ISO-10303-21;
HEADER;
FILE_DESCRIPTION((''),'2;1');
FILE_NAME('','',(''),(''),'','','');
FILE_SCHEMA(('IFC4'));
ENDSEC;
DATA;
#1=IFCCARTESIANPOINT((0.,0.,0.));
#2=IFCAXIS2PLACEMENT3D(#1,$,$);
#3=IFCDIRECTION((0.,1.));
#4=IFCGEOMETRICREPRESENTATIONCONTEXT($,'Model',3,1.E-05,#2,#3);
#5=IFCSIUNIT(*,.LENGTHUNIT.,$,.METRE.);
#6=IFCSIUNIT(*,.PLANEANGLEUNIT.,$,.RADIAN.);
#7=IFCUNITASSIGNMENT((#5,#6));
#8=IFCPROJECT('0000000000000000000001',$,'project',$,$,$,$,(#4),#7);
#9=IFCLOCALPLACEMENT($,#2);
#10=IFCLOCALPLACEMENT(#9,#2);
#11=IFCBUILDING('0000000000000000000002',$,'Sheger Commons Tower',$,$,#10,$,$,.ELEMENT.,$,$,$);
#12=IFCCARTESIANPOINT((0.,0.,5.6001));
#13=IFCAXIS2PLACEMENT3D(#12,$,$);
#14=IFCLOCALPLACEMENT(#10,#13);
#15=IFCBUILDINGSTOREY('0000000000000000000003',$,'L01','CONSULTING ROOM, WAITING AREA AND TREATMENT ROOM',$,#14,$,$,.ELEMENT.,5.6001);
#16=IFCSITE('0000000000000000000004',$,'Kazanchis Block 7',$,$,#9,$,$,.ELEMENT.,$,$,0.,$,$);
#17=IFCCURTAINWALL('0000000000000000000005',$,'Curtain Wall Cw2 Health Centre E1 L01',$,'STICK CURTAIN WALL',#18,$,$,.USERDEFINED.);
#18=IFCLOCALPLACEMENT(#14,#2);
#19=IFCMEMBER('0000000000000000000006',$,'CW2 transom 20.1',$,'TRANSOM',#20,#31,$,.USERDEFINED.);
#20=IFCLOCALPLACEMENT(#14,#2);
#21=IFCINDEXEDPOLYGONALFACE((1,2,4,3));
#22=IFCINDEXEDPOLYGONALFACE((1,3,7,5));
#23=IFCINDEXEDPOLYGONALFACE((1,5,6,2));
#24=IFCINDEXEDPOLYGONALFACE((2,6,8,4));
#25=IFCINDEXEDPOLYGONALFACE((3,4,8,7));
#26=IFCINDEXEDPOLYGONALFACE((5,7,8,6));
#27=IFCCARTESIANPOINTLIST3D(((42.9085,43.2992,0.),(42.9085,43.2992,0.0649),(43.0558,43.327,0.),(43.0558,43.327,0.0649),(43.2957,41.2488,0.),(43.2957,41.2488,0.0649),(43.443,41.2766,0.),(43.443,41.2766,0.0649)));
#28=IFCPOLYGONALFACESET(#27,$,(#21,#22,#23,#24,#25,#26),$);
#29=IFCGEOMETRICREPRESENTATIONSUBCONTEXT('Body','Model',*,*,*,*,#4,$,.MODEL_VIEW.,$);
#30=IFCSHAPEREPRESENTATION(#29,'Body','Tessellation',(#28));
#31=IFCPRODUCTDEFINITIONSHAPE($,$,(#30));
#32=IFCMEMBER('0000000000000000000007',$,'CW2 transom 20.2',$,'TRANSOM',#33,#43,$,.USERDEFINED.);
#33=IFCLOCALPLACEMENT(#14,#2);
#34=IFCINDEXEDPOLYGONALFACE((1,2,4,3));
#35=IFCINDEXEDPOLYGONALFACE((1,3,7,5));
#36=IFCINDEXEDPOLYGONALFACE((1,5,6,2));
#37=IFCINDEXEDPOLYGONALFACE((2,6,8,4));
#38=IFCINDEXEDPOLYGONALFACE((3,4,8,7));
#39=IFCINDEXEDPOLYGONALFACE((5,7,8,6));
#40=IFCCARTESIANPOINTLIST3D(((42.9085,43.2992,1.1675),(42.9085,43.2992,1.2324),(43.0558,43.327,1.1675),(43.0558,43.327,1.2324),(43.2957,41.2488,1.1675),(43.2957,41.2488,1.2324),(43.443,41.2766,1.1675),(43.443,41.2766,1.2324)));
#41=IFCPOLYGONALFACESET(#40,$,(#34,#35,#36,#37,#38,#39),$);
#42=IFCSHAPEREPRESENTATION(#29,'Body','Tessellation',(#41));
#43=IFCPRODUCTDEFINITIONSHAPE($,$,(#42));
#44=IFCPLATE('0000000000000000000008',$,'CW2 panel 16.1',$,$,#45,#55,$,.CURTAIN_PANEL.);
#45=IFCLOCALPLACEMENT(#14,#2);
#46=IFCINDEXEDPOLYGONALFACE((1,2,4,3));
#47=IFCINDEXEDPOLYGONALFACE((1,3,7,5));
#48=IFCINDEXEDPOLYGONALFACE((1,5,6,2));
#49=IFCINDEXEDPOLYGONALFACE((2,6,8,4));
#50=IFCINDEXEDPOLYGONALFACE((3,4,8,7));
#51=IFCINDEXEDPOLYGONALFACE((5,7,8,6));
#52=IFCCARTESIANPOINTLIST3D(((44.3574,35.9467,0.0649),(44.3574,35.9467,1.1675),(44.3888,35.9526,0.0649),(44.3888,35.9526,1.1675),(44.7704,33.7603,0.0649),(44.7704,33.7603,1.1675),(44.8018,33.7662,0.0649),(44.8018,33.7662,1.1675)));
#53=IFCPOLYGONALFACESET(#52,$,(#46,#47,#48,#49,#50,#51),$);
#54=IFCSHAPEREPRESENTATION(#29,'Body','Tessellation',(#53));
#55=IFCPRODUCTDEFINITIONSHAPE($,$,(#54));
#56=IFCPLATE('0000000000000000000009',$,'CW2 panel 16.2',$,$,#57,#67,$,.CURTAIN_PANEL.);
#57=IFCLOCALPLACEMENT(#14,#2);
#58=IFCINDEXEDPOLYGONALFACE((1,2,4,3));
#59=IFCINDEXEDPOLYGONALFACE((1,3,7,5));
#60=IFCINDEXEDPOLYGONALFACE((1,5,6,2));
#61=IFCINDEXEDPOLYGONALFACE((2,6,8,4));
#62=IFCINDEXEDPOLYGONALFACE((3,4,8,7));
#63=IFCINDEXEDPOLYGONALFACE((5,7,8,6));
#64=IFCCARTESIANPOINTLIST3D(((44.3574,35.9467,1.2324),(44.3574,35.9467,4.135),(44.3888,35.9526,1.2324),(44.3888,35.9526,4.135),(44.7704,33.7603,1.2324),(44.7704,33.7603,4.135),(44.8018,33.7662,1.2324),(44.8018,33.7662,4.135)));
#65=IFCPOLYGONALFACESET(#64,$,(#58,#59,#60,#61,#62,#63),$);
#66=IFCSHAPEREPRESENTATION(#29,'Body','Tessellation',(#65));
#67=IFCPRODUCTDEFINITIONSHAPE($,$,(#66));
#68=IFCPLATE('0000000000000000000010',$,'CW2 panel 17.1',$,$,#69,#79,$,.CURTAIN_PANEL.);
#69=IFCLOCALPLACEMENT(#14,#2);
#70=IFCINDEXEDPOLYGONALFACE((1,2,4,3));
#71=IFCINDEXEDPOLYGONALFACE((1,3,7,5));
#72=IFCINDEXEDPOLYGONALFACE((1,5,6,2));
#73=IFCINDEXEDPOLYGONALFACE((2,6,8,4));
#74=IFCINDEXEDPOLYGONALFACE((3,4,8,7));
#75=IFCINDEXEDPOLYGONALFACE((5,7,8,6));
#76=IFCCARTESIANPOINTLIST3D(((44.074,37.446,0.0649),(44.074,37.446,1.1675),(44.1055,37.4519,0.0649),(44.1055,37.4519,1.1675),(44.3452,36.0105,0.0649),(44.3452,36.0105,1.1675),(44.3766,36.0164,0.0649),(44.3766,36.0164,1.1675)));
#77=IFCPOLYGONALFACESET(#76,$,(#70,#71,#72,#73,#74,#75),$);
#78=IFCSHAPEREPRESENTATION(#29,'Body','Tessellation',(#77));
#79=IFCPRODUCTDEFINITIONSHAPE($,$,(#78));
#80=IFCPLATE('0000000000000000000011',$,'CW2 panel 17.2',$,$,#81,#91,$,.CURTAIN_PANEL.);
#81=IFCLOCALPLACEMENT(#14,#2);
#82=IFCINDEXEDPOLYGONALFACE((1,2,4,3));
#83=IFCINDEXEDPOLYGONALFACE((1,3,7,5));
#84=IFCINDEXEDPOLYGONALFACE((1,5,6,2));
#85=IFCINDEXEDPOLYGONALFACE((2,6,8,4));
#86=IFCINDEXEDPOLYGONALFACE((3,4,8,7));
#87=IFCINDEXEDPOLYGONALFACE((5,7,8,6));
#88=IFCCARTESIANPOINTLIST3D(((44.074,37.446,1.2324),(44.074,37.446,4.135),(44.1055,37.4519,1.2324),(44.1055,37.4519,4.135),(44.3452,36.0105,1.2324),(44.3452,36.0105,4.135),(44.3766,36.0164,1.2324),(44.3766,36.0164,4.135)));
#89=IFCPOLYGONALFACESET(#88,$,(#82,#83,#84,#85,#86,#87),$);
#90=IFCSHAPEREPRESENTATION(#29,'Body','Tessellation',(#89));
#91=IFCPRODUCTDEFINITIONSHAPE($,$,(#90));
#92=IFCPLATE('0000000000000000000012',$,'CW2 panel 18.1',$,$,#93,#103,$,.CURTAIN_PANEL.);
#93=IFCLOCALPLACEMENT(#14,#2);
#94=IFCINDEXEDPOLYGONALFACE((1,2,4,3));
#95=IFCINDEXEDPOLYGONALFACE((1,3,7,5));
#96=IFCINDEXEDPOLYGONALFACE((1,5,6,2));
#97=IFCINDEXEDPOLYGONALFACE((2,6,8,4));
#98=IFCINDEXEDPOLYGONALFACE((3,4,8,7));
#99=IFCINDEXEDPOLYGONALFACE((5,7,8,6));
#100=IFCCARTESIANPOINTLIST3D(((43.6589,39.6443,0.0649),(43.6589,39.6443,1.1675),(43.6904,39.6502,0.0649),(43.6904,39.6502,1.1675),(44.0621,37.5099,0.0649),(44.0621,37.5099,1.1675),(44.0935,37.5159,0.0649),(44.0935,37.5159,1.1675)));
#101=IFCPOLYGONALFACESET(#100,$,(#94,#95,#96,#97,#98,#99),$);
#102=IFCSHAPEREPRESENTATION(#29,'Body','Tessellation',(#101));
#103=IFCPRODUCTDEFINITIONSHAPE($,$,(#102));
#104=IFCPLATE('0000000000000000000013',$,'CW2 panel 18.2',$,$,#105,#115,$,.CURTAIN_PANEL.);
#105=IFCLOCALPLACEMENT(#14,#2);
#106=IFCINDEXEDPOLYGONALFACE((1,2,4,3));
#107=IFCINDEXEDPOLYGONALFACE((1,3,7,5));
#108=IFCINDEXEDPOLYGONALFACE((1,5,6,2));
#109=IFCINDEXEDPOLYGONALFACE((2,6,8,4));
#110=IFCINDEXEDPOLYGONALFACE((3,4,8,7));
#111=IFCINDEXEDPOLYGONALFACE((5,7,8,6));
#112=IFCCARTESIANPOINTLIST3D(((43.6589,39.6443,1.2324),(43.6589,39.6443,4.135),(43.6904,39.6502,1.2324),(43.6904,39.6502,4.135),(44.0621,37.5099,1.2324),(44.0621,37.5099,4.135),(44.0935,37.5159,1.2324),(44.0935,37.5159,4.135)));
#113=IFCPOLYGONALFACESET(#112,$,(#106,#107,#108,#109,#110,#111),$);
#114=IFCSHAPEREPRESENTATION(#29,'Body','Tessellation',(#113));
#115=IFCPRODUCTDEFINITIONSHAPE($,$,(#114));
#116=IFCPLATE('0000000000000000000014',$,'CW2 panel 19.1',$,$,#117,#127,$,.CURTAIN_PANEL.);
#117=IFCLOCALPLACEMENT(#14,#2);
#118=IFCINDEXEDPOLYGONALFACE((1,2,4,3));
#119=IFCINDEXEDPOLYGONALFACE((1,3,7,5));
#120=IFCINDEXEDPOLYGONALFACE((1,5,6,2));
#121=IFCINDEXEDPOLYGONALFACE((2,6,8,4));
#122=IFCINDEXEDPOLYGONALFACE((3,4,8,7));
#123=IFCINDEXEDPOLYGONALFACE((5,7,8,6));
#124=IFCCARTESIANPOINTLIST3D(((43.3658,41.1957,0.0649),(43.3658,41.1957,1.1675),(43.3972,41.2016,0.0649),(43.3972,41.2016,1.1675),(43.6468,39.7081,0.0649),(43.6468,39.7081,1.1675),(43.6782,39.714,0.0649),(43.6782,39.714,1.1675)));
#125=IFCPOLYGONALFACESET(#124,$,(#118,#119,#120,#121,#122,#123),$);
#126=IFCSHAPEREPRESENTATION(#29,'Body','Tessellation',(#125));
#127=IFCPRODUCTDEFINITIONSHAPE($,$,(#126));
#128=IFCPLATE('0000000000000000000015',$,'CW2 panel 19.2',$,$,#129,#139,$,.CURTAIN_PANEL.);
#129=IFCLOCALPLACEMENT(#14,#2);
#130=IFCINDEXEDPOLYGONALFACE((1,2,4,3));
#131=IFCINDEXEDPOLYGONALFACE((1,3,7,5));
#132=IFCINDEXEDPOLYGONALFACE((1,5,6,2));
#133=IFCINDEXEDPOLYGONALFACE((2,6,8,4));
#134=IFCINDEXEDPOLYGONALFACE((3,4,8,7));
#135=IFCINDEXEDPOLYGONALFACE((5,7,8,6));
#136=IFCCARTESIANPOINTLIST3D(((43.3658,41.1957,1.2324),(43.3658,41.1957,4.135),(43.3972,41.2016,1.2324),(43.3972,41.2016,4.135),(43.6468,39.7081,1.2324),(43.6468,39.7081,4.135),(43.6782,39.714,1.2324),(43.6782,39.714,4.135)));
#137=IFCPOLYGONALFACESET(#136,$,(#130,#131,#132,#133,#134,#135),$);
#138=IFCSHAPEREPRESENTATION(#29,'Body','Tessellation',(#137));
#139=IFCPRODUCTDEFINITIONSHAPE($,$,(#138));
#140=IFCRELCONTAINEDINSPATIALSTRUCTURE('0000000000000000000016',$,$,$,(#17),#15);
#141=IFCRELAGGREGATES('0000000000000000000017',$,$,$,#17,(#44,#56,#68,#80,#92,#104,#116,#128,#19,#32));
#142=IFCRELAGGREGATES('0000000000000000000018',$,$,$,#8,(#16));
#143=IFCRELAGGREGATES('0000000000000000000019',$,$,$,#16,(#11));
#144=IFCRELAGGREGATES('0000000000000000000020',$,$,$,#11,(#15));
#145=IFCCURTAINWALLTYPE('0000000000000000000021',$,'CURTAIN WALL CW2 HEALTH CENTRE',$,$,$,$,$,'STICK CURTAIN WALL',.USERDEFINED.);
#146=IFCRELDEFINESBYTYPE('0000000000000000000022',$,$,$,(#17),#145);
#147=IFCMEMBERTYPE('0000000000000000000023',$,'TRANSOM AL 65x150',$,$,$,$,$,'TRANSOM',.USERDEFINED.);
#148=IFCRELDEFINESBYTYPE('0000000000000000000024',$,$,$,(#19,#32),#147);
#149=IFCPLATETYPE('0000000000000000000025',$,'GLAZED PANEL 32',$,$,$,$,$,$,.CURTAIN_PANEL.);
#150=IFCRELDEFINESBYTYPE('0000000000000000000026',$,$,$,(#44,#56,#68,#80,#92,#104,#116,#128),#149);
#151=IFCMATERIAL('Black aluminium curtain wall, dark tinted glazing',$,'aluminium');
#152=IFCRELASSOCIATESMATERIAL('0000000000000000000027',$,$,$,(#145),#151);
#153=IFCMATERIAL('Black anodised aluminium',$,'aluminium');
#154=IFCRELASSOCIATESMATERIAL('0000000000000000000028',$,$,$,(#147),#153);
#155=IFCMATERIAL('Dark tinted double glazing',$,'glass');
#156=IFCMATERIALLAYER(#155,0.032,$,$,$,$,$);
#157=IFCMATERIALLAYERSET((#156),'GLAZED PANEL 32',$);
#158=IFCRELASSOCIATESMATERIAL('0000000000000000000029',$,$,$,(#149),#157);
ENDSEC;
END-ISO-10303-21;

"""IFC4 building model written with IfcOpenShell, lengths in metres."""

from ifc_helpers import new_model, si_unit, direction, frame, origin, origin_2d, place, context, subcontext, project, spatial, rectangle, extrude, material, layer, layer_set, material_profile, profile_set, type_object, element, aggregate, save


model = new_model("IFC4")

# Units and contexts
model_context = context("Model", 3, precision=1e-05, world=origin(), true_north=direction((0.0, 1.0)))
body_context = subcontext(model_context, "Body", "Model", "MODEL_VIEW")
ifc_project = project(units=[si_unit("LENGTHUNIT", "METRE"), si_unit("PLANEANGLEUNIT", "RADIAN")], contexts=[model_context])

# Site, building, storey
site_placement = place(None, origin())
site = spatial("IfcSite", under=ifc_project, at=site_placement, Name="Kazanchis Block 7", CompositionType="ELEMENT", RefElevation=0.0)
building_placement = place(site_placement, origin())
building = spatial("IfcBuilding", under=site, at=building_placement, Name="Sheger Commons Tower", CompositionType="ELEMENT")
storey_placement = place(building_placement, frame((0.0, 0.0, 5.6001)))
storey = spatial("IfcBuildingStorey", under=building, at=storey_placement, Name="L01", Description="CONSULTING ROOM, WAITING AREA AND TREATMENT ROOM", CompositionType="ELEMENT", Elevation=5.6001)

# Curtain wall, members, plates
ifc_material_1 = material(Name="Black aluminium curtain wall, dark tinted glazing", Category="aluminium")
curtain_wall_type = type_object("IfcCurtainWallType", Name="CURTAIN WALL CW2 HEALTH CENTRE", ElementType="STICK CURTAIN WALL", PredefinedType="USERDEFINED", material=ifc_material_1)
curtain_wall_placement = place(storey_placement, origin())
curtain_wall = element("IfcCurtainWall", 1, at=curtain_wall_placement, inside=storey, type_object=curtain_wall_type, Name="Curtain Wall Cw2 Health Centre E1 L01", ObjectType="STICK CURTAIN WALL", PredefinedType="USERDEFINED")
ifc_material_2 = material(Name="Black anodised aluminium", Category="aluminium")
ifc_material_profile_1 = material_profile(ifc_material_2, rectangle(XDim=0.1499, YDim=0.0649, at=origin_2d()), Name="AL 65x150")
ifc_profile_set_1 = profile_set([ifc_material_profile_1], Name="Black anodised aluminium")
member_type_1 = type_object("IfcMemberType", Name="TRANSOM AL 65x150", ElementType="TRANSOM", PredefinedType="USERDEFINED", material=ifc_profile_set_1)
member_1_placement = place(storey_placement, frame((43.3694, 41.2627, 0.0325), z_axis=(-0.185553, 0.982634, 0.0), x_axis=(-0.982634, -0.185553, 0.0)))
member_1 = element("IfcMember", 2, at=member_1_placement, type_object=member_type_1, Name="CW2 transom 20.1", ObjectType="TRANSOM", PredefinedType="USERDEFINED", context=body_context, shape_type="SweptSolid", body=[
    extrude(rectangle(XDim=0.1499, YDim=0.0649, at=origin_2d()), origin(), (0.0, 0.0, 1.0), 2.0867),
])
member_2_placement = place(storey_placement, frame((43.3694, 41.2627, 1.2), z_axis=(-0.185553, 0.982634, 0.0), x_axis=(-0.982634, -0.185553, 0.0)))
member_2 = element("IfcMember", 3, at=member_2_placement, type_object=member_type_1, Name="CW2 transom 20.2", ObjectType="TRANSOM", PredefinedType="USERDEFINED", context=body_context, shape_type="SweptSolid", body=[
    extrude(rectangle(XDim=0.1499, YDim=0.0649, at=origin_2d()), origin(), (0.0, 0.0, 1.0), 2.0867),
])
ifc_material_3 = material(Name="Dark tinted double glazing", Category="glass")
ifc_layer_1 = layer(ifc_material_3, 0.032)
ifc_layer_set_1 = layer_set([ifc_layer_1], Name="GLAZED PANEL 32")
plate_type = type_object("IfcPlateType", Name="GLAZED PANEL 32", PredefinedType="CURTAIN_PANEL", material=ifc_layer_set_1)
plate_1_placement = place(storey_placement, frame((44.5796, 34.8564, 0.0649), z_axis=(0.0, 0.0, 1.0), x_axis=(-0.18561, 0.982624, 0.0)))
plate_1 = element("IfcPlate", 4, at=plate_1_placement, type_object=plate_type, Name="CW2 panel 16.1", PredefinedType="CURTAIN_PANEL", context=body_context, shape_type="SweptSolid", body=[
    extrude(rectangle(XDim=2.2251, YDim=0.032, at=origin_2d()), origin(), (0.0, 0.0, 1.0), 1.1025),
])
plate_2_placement = place(storey_placement, frame((44.5796, 34.8564, 1.2324), z_axis=(0.0, 0.0, 1.0), x_axis=(-0.18561, 0.982624, 0.0)))
plate_2 = element("IfcPlate", 5, at=plate_2_placement, type_object=plate_type, Name="CW2 panel 16.2", PredefinedType="CURTAIN_PANEL", context=body_context, shape_type="SweptSolid", body=[
    extrude(rectangle(XDim=2.2251, YDim=0.032, at=origin_2d()), origin(), (0.0, 0.0, 1.0), 2.9026),
])
plate_3_placement = place(storey_placement, frame((44.2253, 36.7312, 0.0649), z_axis=(0.0, 0.0, 1.0), x_axis=(-0.18561, 0.982624, 0.0)))
plate_3 = element("IfcPlate", 6, at=plate_3_placement, type_object=plate_type, Name="CW2 panel 17.1", PredefinedType="CURTAIN_PANEL", context=body_context, shape_type="SweptSolid", body=[
    extrude(rectangle(XDim=1.4609, YDim=0.032, at=origin_2d()), origin(), (0.0, 0.0, 1.0), 1.1025),
])
plate_4_placement = place(storey_placement, frame((44.2253, 36.7312, 1.2324), z_axis=(0.0, 0.0, 1.0), x_axis=(-0.18561, 0.982624, 0.0)))
plate_4 = element("IfcPlate", 7, at=plate_4_placement, type_object=plate_type, Name="CW2 panel 17.2", PredefinedType="CURTAIN_PANEL", context=body_context, shape_type="SweptSolid", body=[
    extrude(rectangle(XDim=1.4609, YDim=0.032, at=origin_2d()), origin(), (0.0, 0.0, 1.0), 2.9026),
])
plate_5_placement = place(storey_placement, frame((43.8762, 38.5801, 0.0649), z_axis=(0.0, 0.0, 1.0), x_axis=(-0.18561, 0.982624, 0.0)))
plate_5 = element("IfcPlate", 8, at=plate_5_placement, type_object=plate_type, Name="CW2 panel 18.1", PredefinedType="CURTAIN_PANEL", context=body_context, shape_type="SweptSolid", body=[
    extrude(rectangle(XDim=2.1721, YDim=0.032, at=origin_2d()), origin(), (0.0, 0.0, 1.0), 1.1025),
])
plate_6_placement = place(storey_placement, frame((43.8762, 38.5801, 1.2324), z_axis=(0.0, 0.0, 1.0), x_axis=(-0.18561, 0.982624, 0.0)))
plate_6 = element("IfcPlate", 9, at=plate_6_placement, type_object=plate_type, Name="CW2 panel 18.2", PredefinedType="CURTAIN_PANEL", context=body_context, shape_type="SweptSolid", body=[
    extrude(rectangle(XDim=2.1721, YDim=0.032, at=origin_2d()), origin(), (0.0, 0.0, 1.0), 2.9026),
])
plate_7_placement = place(storey_placement, frame((43.522, 40.4548, 0.0649), z_axis=(0.0, 0.0, 1.0), x_axis=(-0.18561, 0.982624, 0.0)))
plate_7 = element("IfcPlate", 10, at=plate_7_placement, type_object=plate_type, Name="CW2 panel 19.1", PredefinedType="CURTAIN_PANEL", context=body_context, shape_type="SweptSolid", body=[
    extrude(rectangle(XDim=1.5139, YDim=0.032, at=origin_2d()), origin(), (0.0, 0.0, 1.0), 1.1025),
])
plate_8_placement = place(storey_placement, frame((43.522, 40.4548, 1.2324), z_axis=(0.0, 0.0, 1.0), x_axis=(-0.18561, 0.982624, 0.0)))
plate_8 = element("IfcPlate", 11, at=plate_8_placement, type_object=plate_type, Name="CW2 panel 19.2", PredefinedType="CURTAIN_PANEL", context=body_context, shape_type="SweptSolid", body=[
    extrude(rectangle(XDim=1.5139, YDim=0.032, at=origin_2d()), origin(), (0.0, 0.0, 1.0), 2.9026),
])
aggregate(curtain_wall, [plate_1, plate_2, plate_3, plate_4, plate_5, plate_6, plate_7, plate_8, member_1, member_2])

save(model, "model.ifc")
